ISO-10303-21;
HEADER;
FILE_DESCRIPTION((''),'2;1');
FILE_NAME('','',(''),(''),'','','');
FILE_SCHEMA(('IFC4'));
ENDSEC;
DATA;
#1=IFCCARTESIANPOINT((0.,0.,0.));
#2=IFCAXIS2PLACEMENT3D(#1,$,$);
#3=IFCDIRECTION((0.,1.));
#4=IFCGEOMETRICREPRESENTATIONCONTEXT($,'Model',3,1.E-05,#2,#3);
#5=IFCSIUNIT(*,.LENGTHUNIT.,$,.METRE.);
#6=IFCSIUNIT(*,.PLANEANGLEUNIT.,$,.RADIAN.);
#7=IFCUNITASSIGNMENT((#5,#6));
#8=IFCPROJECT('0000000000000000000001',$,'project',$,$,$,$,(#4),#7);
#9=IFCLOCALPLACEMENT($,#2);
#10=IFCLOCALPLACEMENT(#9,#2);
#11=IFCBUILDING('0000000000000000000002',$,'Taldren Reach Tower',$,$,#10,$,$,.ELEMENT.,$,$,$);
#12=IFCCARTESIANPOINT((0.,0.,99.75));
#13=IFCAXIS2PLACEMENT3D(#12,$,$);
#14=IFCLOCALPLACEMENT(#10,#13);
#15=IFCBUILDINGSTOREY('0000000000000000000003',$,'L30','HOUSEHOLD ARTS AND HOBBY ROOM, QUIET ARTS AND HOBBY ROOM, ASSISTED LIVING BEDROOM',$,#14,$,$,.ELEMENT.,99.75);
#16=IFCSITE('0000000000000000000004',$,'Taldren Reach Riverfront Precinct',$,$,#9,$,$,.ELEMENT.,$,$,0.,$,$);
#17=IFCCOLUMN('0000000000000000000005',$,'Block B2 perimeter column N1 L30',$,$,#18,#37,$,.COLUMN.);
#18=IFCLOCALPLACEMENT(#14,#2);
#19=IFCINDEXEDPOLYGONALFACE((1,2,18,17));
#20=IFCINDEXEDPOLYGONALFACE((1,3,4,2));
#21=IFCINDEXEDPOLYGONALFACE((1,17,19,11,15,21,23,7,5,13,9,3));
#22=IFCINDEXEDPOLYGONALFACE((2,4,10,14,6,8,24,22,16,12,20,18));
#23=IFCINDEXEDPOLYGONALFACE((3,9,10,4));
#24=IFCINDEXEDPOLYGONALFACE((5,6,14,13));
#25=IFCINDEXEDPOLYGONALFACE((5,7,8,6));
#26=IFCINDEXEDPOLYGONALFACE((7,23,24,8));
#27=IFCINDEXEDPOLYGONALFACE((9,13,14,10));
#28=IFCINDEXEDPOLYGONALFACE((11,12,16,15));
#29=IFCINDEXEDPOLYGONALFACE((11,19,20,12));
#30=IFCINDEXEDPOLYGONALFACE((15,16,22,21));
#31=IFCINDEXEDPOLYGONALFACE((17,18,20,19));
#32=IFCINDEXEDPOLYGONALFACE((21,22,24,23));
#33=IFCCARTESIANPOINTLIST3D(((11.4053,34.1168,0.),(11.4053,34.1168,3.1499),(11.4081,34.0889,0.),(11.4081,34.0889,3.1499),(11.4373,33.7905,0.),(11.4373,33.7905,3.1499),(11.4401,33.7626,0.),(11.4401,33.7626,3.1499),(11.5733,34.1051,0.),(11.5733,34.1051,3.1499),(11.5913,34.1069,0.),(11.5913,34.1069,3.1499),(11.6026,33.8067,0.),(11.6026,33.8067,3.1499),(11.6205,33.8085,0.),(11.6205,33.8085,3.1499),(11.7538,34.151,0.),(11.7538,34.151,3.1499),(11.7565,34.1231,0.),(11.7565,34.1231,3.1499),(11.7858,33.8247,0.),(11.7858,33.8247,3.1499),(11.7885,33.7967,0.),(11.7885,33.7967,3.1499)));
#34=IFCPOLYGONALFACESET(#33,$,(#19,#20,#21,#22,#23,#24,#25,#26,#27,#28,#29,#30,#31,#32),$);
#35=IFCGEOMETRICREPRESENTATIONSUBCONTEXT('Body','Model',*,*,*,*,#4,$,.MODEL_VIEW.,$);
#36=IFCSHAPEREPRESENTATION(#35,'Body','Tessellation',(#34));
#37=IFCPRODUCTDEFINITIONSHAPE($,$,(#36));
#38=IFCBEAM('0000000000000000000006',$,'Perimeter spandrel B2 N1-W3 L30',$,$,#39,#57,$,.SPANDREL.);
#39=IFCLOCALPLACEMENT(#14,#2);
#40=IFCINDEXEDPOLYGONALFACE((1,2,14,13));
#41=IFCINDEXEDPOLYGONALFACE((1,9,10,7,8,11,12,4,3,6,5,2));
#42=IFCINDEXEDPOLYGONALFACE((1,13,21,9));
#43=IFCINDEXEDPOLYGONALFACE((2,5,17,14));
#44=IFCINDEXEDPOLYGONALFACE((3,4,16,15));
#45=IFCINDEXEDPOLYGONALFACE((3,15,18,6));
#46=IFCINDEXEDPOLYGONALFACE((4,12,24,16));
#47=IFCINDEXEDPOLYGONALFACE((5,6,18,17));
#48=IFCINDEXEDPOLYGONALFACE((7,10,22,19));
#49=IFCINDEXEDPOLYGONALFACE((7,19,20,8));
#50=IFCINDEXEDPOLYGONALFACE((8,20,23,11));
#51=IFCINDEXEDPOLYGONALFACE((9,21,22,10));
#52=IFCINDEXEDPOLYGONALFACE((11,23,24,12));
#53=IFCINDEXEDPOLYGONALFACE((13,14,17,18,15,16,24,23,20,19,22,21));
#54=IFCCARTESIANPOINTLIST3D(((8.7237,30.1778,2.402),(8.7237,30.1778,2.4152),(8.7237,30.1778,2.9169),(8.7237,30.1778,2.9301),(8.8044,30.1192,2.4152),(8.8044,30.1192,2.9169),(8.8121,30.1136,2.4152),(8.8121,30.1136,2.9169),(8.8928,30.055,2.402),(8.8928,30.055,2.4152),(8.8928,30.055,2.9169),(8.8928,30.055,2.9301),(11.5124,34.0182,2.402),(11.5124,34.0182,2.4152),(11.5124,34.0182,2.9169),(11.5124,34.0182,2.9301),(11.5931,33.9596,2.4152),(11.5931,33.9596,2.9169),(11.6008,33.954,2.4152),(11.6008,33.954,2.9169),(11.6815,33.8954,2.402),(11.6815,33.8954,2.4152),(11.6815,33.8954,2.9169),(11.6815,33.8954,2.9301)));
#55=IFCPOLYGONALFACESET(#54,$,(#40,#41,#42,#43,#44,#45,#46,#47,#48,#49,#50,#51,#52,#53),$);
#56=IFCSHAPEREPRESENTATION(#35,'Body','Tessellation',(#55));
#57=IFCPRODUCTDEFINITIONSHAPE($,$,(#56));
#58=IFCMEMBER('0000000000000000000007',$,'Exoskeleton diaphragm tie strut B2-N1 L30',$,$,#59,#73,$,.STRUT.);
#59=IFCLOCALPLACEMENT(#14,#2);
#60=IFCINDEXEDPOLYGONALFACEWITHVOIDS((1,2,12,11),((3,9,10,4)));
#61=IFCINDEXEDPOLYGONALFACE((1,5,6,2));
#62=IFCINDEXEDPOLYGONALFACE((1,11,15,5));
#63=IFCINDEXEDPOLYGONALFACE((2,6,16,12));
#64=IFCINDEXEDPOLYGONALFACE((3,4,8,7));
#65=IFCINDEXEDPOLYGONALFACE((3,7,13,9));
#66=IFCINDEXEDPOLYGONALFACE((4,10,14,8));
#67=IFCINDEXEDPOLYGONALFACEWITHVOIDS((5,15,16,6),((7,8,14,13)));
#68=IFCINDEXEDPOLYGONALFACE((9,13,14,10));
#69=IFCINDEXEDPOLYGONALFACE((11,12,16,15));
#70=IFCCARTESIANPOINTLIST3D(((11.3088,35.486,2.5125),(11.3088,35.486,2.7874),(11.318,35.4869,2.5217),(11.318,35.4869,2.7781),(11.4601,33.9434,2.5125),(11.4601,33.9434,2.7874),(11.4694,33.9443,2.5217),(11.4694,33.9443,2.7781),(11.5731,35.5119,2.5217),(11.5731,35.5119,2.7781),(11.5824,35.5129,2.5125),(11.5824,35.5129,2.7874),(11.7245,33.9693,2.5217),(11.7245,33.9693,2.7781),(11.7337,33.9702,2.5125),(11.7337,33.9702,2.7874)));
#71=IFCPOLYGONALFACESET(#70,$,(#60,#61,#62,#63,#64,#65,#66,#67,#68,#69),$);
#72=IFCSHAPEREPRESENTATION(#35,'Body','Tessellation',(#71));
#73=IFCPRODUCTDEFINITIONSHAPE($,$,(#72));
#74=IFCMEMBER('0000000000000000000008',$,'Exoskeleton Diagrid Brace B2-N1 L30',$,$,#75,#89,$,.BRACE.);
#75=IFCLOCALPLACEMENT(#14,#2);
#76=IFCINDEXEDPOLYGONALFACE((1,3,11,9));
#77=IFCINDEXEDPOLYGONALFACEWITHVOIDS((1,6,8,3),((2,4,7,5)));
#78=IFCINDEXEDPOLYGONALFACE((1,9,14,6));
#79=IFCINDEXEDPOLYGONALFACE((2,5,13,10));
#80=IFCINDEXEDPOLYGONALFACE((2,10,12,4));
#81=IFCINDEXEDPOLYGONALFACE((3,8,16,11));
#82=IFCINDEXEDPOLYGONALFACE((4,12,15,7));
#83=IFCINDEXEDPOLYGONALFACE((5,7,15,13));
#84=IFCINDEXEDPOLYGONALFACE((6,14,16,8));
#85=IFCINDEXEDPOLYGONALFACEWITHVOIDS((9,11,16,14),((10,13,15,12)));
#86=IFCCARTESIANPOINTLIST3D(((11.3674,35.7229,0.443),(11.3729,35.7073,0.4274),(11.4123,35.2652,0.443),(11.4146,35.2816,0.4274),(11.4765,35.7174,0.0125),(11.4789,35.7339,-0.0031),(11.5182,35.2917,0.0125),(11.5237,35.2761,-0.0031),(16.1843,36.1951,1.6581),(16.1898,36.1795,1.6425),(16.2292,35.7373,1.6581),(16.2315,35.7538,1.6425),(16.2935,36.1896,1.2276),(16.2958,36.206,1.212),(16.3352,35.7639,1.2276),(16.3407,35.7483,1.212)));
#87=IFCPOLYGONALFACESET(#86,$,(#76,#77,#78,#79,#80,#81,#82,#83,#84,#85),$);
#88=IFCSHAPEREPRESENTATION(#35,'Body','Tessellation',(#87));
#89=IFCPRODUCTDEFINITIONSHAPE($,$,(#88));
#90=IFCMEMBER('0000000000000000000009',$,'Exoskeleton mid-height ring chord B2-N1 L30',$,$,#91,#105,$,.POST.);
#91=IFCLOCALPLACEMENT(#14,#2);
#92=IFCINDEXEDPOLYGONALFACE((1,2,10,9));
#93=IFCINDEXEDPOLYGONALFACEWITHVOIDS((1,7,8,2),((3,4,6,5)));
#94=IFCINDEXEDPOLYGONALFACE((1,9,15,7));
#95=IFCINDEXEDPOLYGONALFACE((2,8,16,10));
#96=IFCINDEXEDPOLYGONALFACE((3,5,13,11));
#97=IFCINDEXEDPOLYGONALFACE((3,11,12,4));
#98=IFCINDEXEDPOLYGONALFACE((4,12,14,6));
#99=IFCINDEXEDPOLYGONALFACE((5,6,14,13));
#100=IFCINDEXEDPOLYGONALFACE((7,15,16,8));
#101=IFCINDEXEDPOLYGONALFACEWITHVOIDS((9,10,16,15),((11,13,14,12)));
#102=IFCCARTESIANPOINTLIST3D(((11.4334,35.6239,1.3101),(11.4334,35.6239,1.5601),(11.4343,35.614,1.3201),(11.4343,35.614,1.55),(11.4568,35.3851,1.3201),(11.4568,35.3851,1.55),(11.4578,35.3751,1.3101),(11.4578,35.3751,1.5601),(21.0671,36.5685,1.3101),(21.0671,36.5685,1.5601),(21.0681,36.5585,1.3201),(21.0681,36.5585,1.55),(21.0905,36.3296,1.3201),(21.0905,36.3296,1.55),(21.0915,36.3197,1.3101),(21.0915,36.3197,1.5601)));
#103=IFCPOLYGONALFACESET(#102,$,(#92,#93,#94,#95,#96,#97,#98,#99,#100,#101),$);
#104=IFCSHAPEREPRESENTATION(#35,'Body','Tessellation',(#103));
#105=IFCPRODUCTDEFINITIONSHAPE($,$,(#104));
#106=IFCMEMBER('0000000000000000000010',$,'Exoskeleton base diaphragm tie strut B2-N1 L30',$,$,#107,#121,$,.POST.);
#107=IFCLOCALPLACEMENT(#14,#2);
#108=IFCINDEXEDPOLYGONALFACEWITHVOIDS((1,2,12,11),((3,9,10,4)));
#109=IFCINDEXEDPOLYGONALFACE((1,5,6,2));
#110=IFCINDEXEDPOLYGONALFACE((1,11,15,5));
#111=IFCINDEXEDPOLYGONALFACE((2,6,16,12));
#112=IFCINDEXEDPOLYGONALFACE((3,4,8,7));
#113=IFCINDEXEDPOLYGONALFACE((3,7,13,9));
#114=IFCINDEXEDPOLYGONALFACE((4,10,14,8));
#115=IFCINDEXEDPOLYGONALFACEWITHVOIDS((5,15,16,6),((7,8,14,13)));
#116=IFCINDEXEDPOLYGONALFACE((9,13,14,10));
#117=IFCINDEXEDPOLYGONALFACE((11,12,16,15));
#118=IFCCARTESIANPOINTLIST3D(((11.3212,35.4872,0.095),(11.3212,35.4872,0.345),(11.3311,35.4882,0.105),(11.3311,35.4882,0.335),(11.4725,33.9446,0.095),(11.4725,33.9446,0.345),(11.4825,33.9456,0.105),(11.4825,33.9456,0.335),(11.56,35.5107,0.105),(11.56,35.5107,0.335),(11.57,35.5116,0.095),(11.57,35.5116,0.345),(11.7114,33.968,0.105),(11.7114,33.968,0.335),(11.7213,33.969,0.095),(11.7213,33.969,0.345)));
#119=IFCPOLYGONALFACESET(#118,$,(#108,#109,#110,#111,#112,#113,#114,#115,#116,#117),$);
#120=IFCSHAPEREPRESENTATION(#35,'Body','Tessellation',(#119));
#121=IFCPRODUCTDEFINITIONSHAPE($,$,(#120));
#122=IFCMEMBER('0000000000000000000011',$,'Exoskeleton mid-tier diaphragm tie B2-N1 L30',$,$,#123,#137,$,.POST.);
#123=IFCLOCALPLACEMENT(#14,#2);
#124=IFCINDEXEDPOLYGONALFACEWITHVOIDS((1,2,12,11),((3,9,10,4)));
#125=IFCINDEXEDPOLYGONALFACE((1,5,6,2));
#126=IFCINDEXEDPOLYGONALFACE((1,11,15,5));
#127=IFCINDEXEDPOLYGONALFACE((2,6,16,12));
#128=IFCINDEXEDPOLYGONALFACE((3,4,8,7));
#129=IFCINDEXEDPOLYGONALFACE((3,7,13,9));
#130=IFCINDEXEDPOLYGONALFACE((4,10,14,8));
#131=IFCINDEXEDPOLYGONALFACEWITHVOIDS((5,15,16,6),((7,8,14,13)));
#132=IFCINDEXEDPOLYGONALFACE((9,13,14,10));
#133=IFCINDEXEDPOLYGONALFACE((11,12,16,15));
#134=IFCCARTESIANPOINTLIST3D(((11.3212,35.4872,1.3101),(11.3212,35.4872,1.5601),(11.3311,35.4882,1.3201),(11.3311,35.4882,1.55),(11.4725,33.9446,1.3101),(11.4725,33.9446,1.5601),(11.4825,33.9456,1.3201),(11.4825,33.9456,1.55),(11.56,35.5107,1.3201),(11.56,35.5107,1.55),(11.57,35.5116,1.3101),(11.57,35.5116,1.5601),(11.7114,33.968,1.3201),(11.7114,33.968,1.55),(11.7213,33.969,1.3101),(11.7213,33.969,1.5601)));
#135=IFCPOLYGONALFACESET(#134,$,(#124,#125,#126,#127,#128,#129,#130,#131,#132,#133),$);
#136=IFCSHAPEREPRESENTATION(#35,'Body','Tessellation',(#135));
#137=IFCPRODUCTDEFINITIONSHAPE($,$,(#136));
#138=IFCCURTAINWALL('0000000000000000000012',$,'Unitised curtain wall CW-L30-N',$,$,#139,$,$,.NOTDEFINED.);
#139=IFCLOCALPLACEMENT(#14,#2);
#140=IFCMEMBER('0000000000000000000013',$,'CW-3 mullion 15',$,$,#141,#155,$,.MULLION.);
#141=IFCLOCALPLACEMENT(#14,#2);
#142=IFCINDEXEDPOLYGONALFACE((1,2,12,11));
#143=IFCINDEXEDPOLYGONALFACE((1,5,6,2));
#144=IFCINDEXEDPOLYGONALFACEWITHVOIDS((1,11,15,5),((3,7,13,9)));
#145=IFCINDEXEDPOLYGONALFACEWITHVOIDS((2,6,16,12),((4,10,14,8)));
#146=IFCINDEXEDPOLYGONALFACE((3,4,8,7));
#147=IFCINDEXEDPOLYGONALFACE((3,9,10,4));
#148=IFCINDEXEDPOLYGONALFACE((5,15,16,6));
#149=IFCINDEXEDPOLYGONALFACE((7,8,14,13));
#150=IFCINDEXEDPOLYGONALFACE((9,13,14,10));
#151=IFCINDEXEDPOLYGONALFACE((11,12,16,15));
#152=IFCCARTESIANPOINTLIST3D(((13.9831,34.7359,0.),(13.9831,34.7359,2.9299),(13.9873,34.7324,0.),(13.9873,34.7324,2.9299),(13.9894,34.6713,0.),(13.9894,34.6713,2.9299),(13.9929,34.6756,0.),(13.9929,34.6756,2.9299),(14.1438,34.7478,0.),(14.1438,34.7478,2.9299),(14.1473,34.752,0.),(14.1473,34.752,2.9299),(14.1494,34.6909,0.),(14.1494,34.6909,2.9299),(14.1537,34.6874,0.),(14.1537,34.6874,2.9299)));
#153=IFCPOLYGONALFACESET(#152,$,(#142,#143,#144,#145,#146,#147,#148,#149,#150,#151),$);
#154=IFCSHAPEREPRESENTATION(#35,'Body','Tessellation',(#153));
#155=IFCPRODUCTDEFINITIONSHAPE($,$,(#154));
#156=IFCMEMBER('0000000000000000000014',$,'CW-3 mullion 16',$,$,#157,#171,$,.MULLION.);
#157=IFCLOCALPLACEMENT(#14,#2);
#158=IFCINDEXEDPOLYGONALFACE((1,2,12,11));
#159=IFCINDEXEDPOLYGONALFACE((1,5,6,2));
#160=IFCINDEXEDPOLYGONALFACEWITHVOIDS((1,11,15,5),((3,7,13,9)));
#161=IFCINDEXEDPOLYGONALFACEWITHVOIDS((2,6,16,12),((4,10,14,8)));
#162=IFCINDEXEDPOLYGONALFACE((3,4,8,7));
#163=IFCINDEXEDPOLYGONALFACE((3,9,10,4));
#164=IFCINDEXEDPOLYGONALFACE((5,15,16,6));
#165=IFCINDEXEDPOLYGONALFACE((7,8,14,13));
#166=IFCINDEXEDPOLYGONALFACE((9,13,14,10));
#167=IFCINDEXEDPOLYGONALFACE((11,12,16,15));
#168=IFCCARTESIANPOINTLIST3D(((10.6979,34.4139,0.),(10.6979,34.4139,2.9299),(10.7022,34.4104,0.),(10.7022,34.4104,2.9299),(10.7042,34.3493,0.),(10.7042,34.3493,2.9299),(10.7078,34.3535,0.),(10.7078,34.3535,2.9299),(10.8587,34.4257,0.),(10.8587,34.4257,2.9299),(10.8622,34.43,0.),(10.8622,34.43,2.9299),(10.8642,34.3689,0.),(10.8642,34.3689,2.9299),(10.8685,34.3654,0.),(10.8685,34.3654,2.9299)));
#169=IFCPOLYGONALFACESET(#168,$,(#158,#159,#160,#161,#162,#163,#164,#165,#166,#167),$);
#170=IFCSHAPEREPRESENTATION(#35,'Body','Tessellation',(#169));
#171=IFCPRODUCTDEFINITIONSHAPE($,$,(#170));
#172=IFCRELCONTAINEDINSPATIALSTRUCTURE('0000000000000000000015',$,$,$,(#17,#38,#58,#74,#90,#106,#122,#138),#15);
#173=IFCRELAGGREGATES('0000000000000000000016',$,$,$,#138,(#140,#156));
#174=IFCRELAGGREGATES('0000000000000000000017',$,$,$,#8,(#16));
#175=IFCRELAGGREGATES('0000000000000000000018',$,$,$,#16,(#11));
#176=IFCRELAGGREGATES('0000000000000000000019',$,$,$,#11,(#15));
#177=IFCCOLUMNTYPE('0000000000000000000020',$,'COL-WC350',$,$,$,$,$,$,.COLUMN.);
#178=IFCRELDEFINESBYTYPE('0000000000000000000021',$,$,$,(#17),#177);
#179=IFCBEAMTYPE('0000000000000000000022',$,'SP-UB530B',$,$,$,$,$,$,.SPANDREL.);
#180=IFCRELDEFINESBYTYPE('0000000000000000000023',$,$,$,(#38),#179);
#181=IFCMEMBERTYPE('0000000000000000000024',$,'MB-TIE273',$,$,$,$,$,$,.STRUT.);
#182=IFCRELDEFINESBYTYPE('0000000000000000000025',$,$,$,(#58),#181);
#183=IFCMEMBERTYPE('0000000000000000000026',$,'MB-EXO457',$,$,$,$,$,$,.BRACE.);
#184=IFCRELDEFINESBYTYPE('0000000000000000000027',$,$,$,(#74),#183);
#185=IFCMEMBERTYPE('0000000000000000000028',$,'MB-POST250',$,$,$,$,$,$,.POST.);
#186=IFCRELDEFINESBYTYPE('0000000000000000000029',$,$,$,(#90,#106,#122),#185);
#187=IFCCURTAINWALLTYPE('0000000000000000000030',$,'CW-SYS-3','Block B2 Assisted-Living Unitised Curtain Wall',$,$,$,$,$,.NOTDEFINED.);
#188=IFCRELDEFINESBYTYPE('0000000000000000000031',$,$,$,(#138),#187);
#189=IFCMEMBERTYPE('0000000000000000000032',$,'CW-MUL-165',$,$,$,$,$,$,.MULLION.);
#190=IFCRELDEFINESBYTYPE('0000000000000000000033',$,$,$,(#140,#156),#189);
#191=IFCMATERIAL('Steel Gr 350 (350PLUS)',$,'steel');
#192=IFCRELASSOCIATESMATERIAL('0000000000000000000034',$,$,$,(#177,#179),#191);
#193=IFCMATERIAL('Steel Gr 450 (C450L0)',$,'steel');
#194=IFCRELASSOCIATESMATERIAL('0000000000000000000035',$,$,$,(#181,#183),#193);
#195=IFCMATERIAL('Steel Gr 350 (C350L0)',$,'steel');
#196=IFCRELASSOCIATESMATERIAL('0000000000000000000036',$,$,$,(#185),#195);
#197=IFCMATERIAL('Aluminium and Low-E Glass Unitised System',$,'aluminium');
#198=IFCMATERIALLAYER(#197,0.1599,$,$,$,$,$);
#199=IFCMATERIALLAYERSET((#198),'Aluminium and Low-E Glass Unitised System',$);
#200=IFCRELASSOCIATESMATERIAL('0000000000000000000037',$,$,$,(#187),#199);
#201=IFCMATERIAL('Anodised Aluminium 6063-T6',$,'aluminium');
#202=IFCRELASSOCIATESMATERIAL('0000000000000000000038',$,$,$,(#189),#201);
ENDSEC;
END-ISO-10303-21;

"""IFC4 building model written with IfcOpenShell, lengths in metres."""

from ifc_helpers import new_model, si_unit, direction, frame, origin, origin_2d, place, context, subcontext, project, spatial, hollow_rectangle, i_section, extrude, source, transform, mapped, material, layer, layer_set, material_profile, profile_set, type_object, element, aggregate, save


model = new_model("IFC4")

# Units and contexts
model_context = context("Model", 3, precision=1e-05, world=origin(), true_north=direction((0.0, 1.0)))
body_context = subcontext(model_context, "Body", "Model", "MODEL_VIEW")
ifc_project = project(units=[si_unit("LENGTHUNIT", "METRE"), si_unit("PLANEANGLEUNIT", "RADIAN")], contexts=[model_context])

# Site, building, storey
site_placement = place(None, origin())
site = spatial("IfcSite", under=ifc_project, at=site_placement, Name="Taldren Reach Riverfront Precinct", CompositionType="ELEMENT", RefElevation=0.0)
building_placement = place(site_placement, origin())
building = spatial("IfcBuilding", under=site, at=building_placement, Name="Taldren Reach Tower", CompositionType="ELEMENT")
storey_placement = place(building_placement, frame((0.0, 0.0, 99.75)))
storey = spatial("IfcBuildingStorey", under=building, at=storey_placement, Name="L30", Description="HOUSEHOLD ARTS AND HOBBY ROOM, QUIET ARTS AND HOBBY ROOM, ASSISTED LIVING BEDROOM", CompositionType="ELEMENT", Elevation=99.75)

# Column
ifc_material_1 = material(Name="Steel Gr 350 (350PLUS)", Category="steel")
ifc_material_profile_1 = material_profile(ifc_material_1, i_section(OverallWidth=0.3501, OverallDepth=0.356, WebThickness=0.0181, FlangeThickness=0.0281, at=origin_2d()), Name="350WC197")
ifc_profile_set_1 = profile_set([ifc_material_profile_1], Name="Steel Gr 350 (350PLUS)")
column_type = type_object("IfcColumnType", Name="COL-WC350", PredefinedType="COLUMN", material=ifc_profile_set_1)
shared_shape_1 = source(origin(), body_context, "Body", "SweptSolid", [
    extrude(i_section(OverallWidth=0.3501, OverallDepth=0.356, WebThickness=0.0181, FlangeThickness=0.0281, at=origin_2d()), origin(), (0.0, 0.0, 1.0), 3.1499),
])
column_placement = place(storey_placement, frame((11.5969, 33.9568, 0.0), z_axis=(0.0, 0.0, 1.0), x_axis=(0.995227, 0.097583, 0.0)))
element("IfcColumn", 1, at=column_placement, inside=storey, type_object=column_type, Name="Block B2 perimeter column N1 L30", PredefinedType="COLUMN", context=body_context, shape_type="MappedRepresentation", body=[
    mapped(shared_shape_1, transform((0.0, 0.0, 0.0), scale=1.0)),
])

# Beam
ifc_material_profile_2 = material_profile(ifc_material_1, i_section(OverallWidth=0.209, OverallDepth=0.5281, WebThickness=0.0095, FlangeThickness=0.0132, at=origin_2d()), Name="530UB82.0")
ifc_profile_set_2 = profile_set([ifc_material_profile_2], Name="Steel Gr 350 (350PLUS)")
beam_type = type_object("IfcBeamType", Name="SP-UB530B", PredefinedType="SPANDREL", material=ifc_profile_set_2)
shared_shape_2 = source(origin(), body_context, "Body", "SweptSolid", [
    extrude(i_section(OverallWidth=0.209, OverallDepth=0.5281, WebThickness=0.0095, FlangeThickness=0.0132, at=origin_2d()), origin(), (0.0, 0.0, 1.0), 4.7461),
])
beam_placement = place(storey_placement, frame((11.5969, 33.9568, 2.666), z_axis=(-0.587566, -0.809176, 0.0), x_axis=(0.809176, -0.587566, 0.0)))
element("IfcBeam", 2, at=beam_placement, inside=storey, type_object=beam_type, Name="Perimeter spandrel B2 N1-W3 L30", PredefinedType="SPANDREL", context=body_context, shape_type="MappedRepresentation", body=[
    mapped(shared_shape_2, transform((0.0, 0.0, 0.0), scale=1.0)),
])

# Members
ifc_material_2 = material(Name="Steel Gr 450 (C450L0)", Category="steel")
ifc_material_profile_3 = material_profile(ifc_material_2, hollow_rectangle(XDim=0.2749, YDim=0.2749, WallThickness=0.0093, at=origin_2d()), Name="275x275x9.3SHS")
ifc_profile_set_3 = profile_set([ifc_material_profile_3], Name="Steel Gr 450 (C450L0)")
member_type_1 = type_object("IfcMemberType", Name="MB-TIE273", PredefinedType="STRUT", material=ifc_profile_set_3)
shared_shape_3 = source(origin(), body_context, "Body", "SweptSolid", [
    extrude(hollow_rectangle(XDim=0.2749, YDim=0.2749, WallThickness=0.0093, at=origin_2d()), origin(), (0.0, 0.0, 1.0), 1.55),
])
member_1_placement = place(storey_placement, frame((11.5969, 33.9568, 2.6499), z_axis=(-0.097648, 0.995221, 0.0), x_axis=(-0.995221, -0.097648, 0.0)))
element("IfcMember", 3, at=member_1_placement, inside=storey, type_object=member_type_1, Name="Exoskeleton diaphragm tie strut B2-N1 L30", PredefinedType="STRUT", context=body_context, shape_type="MappedRepresentation", body=[
    mapped(shared_shape_3, transform((0.0, 0.0, 0.0), scale=1.0)),
])
ifc_material_profile_4 = material_profile(ifc_material_2, hollow_rectangle(XDim=0.46, YDim=0.46, WallThickness=0.0161, at=origin_2d()), Name="460x460x16.0SHS")
ifc_profile_set_4 = profile_set([ifc_material_profile_4], Name="Steel Gr 450 (C450L0)")
member_type_2 = type_object("IfcMemberType", Name="MB-EXO457", PredefinedType="BRACE", material=ifc_profile_set_4)
shared_shape_4 = source(origin(), body_context, "Body", "SweptSolid", [
    extrude(hollow_rectangle(XDim=0.46, YDim=0.46, WallThickness=0.0161, at=origin_2d()), origin(), (0.0, 0.0, 1.0), 4.9902),
])
member_2_placement = place(storey_placement, frame((11.4456, 35.4995, 0.22), z_axis=(0.965276, 0.09462, 0.243496), x_axis=(-0.097556, 0.99523, 0.0)))
element("IfcMember", 4, at=member_2_placement, inside=storey, type_object=member_type_2, Name="Exoskeleton Diagrid Brace B2-N1 L30", PredefinedType="BRACE", context=body_context, shape_type="MappedRepresentation", body=[
    mapped(shared_shape_4, transform((0.0, 0.0, 0.0), scale=1.0)),
])
ifc_material_3 = material(Name="Steel Gr 350 (C350L0)", Category="steel")
ifc_material_profile_5 = material_profile(ifc_material_3, hollow_rectangle(XDim=0.25, YDim=0.25, WallThickness=0.01, at=origin_2d()), Name="250x250x10.0SHS")
ifc_profile_set_5 = profile_set([ifc_material_profile_5], Name="Steel Gr 350 (C350L0)")
member_type_3 = type_object("IfcMemberType", Name="MB-POST250", PredefinedType="POST", material=ifc_profile_set_5)
shared_shape_5 = source(origin(), body_context, "Body", "SweptSolid", [
    extrude(hollow_rectangle(XDim=0.25, YDim=0.25, WallThickness=0.01, at=origin_2d()), origin(), (0.0, 0.0, 1.0), 9.6799),
])
member_3_placement = place(storey_placement, frame((11.4456, 35.4995, 1.4351), z_axis=(0.995228, 0.097581, 0.0), x_axis=(-0.097581, 0.995228, 0.0)))
element("IfcMember", 5, at=member_3_placement, inside=storey, type_object=member_type_3, Name="Exoskeleton mid-height ring chord B2-N1 L30", PredefinedType="POST", context=body_context, shape_type="MappedRepresentation", body=[
    mapped(shared_shape_5, transform((0.0, 0.0, 0.0), scale=1.0)),
])
shared_shape_6 = source(origin(), body_context, "Body", "SweptSolid", [
    extrude(hollow_rectangle(XDim=0.25, YDim=0.25, WallThickness=0.01, at=origin_2d()), origin(), (0.0, 0.0, 1.0), 1.55),
])
for number, where, z_axis, x_axis, name in (
    (6, (11.5969, 33.9568, 0.22), (-0.097648, 0.995221, 0.0), (-0.995221, -0.097648, 0.0), "Exoskeleton base diaphragm tie strut B2-N1 L30"),
    (7, (11.5969, 33.9568, 1.4351), (-0.097648, 0.995221, 0.0), (-0.995221, -0.097648, 0.0), "Exoskeleton mid-tier diaphragm tie B2-N1 L30"),
):
    element("IfcMember", number, at=place(storey_placement, frame(where, z_axis=z_axis, x_axis=x_axis)), inside=storey, type_object=member_type_3, Name=name, PredefinedType="POST", context=body_context, shape_type="MappedRepresentation", body=[
        mapped(shared_shape_6, transform((0.0, 0.0, 0.0), scale=1.0)),
    ])

# Curtain wall, members
ifc_material_4 = material(Name="Aluminium and Low-E Glass Unitised System", Category="aluminium")
ifc_layer_1 = layer(ifc_material_4, 0.1599)
ifc_layer_set_1 = layer_set([ifc_layer_1], Name="Aluminium and Low-E Glass Unitised System")
curtain_wall_type = type_object("IfcCurtainWallType", Name="CW-SYS-3", Description="Block B2 Assisted-Living Unitised Curtain Wall", PredefinedType="NOTDEFINED", material=ifc_layer_set_1)
curtain_wall_1_placement = place(storey_placement, origin())
curtain_wall_1 = element("IfcCurtainWall", 8, at=curtain_wall_1_placement, inside=storey, type_object=curtain_wall_type, Name="Unitised curtain wall CW-L30-N", PredefinedType="NOTDEFINED")
ifc_material_5 = material(Name="Anodised Aluminium 6063-T6", Category="aluminium")
ifc_material_profile_6 = material_profile(ifc_material_5, hollow_rectangle(XDim=0.0649, YDim=0.165, WallThickness=0.0039, at=origin_2d()), Name="ALU-165x65x4RHS")
ifc_profile_set_6 = profile_set([ifc_material_profile_6], Name="Anodised Aluminium 6063-T6")
member_type_4 = type_object("IfcMemberType", Name="CW-MUL-165", PredefinedType="MULLION", material=ifc_profile_set_6)
shared_shape_7 = source(origin(), body_context, "Body", "SweptSolid", [
    extrude(hollow_rectangle(XDim=0.0649, YDim=0.165, WallThickness=0.0039, at=origin_2d()), origin(), (0.0, 0.0, 1.0), 2.9299),
])
member_4_placement = place(storey_placement, frame((14.0684, 34.7117, 0.0), z_axis=(0.0, 0.0, 1.0), x_axis=(0.097583, -0.995227, 0.0)))
member_4 = element("IfcMember", 9, at=member_4_placement, type_object=member_type_4, Name="CW-3 mullion 15", PredefinedType="MULLION", context=body_context, shape_type="MappedRepresentation", body=[
    mapped(shared_shape_7, transform((0.0, 0.0, 0.0), scale=1.0)),
])
member_5_placement = place(storey_placement, frame((10.7832, 34.3896, 0.0), z_axis=(0.0, 0.0, 1.0), x_axis=(0.097583, -0.995227, 0.0)))
member_5 = element("IfcMember", 10, at=member_5_placement, type_object=member_type_4, Name="CW-3 mullion 16", PredefinedType="MULLION", context=body_context, shape_type="MappedRepresentation", body=[
    mapped(shared_shape_7, transform((0.0, 0.0, 0.0), scale=1.0)),
])

aggregate(curtain_wall_1, [member_4, member_5])

save(model, "model.ifc")
